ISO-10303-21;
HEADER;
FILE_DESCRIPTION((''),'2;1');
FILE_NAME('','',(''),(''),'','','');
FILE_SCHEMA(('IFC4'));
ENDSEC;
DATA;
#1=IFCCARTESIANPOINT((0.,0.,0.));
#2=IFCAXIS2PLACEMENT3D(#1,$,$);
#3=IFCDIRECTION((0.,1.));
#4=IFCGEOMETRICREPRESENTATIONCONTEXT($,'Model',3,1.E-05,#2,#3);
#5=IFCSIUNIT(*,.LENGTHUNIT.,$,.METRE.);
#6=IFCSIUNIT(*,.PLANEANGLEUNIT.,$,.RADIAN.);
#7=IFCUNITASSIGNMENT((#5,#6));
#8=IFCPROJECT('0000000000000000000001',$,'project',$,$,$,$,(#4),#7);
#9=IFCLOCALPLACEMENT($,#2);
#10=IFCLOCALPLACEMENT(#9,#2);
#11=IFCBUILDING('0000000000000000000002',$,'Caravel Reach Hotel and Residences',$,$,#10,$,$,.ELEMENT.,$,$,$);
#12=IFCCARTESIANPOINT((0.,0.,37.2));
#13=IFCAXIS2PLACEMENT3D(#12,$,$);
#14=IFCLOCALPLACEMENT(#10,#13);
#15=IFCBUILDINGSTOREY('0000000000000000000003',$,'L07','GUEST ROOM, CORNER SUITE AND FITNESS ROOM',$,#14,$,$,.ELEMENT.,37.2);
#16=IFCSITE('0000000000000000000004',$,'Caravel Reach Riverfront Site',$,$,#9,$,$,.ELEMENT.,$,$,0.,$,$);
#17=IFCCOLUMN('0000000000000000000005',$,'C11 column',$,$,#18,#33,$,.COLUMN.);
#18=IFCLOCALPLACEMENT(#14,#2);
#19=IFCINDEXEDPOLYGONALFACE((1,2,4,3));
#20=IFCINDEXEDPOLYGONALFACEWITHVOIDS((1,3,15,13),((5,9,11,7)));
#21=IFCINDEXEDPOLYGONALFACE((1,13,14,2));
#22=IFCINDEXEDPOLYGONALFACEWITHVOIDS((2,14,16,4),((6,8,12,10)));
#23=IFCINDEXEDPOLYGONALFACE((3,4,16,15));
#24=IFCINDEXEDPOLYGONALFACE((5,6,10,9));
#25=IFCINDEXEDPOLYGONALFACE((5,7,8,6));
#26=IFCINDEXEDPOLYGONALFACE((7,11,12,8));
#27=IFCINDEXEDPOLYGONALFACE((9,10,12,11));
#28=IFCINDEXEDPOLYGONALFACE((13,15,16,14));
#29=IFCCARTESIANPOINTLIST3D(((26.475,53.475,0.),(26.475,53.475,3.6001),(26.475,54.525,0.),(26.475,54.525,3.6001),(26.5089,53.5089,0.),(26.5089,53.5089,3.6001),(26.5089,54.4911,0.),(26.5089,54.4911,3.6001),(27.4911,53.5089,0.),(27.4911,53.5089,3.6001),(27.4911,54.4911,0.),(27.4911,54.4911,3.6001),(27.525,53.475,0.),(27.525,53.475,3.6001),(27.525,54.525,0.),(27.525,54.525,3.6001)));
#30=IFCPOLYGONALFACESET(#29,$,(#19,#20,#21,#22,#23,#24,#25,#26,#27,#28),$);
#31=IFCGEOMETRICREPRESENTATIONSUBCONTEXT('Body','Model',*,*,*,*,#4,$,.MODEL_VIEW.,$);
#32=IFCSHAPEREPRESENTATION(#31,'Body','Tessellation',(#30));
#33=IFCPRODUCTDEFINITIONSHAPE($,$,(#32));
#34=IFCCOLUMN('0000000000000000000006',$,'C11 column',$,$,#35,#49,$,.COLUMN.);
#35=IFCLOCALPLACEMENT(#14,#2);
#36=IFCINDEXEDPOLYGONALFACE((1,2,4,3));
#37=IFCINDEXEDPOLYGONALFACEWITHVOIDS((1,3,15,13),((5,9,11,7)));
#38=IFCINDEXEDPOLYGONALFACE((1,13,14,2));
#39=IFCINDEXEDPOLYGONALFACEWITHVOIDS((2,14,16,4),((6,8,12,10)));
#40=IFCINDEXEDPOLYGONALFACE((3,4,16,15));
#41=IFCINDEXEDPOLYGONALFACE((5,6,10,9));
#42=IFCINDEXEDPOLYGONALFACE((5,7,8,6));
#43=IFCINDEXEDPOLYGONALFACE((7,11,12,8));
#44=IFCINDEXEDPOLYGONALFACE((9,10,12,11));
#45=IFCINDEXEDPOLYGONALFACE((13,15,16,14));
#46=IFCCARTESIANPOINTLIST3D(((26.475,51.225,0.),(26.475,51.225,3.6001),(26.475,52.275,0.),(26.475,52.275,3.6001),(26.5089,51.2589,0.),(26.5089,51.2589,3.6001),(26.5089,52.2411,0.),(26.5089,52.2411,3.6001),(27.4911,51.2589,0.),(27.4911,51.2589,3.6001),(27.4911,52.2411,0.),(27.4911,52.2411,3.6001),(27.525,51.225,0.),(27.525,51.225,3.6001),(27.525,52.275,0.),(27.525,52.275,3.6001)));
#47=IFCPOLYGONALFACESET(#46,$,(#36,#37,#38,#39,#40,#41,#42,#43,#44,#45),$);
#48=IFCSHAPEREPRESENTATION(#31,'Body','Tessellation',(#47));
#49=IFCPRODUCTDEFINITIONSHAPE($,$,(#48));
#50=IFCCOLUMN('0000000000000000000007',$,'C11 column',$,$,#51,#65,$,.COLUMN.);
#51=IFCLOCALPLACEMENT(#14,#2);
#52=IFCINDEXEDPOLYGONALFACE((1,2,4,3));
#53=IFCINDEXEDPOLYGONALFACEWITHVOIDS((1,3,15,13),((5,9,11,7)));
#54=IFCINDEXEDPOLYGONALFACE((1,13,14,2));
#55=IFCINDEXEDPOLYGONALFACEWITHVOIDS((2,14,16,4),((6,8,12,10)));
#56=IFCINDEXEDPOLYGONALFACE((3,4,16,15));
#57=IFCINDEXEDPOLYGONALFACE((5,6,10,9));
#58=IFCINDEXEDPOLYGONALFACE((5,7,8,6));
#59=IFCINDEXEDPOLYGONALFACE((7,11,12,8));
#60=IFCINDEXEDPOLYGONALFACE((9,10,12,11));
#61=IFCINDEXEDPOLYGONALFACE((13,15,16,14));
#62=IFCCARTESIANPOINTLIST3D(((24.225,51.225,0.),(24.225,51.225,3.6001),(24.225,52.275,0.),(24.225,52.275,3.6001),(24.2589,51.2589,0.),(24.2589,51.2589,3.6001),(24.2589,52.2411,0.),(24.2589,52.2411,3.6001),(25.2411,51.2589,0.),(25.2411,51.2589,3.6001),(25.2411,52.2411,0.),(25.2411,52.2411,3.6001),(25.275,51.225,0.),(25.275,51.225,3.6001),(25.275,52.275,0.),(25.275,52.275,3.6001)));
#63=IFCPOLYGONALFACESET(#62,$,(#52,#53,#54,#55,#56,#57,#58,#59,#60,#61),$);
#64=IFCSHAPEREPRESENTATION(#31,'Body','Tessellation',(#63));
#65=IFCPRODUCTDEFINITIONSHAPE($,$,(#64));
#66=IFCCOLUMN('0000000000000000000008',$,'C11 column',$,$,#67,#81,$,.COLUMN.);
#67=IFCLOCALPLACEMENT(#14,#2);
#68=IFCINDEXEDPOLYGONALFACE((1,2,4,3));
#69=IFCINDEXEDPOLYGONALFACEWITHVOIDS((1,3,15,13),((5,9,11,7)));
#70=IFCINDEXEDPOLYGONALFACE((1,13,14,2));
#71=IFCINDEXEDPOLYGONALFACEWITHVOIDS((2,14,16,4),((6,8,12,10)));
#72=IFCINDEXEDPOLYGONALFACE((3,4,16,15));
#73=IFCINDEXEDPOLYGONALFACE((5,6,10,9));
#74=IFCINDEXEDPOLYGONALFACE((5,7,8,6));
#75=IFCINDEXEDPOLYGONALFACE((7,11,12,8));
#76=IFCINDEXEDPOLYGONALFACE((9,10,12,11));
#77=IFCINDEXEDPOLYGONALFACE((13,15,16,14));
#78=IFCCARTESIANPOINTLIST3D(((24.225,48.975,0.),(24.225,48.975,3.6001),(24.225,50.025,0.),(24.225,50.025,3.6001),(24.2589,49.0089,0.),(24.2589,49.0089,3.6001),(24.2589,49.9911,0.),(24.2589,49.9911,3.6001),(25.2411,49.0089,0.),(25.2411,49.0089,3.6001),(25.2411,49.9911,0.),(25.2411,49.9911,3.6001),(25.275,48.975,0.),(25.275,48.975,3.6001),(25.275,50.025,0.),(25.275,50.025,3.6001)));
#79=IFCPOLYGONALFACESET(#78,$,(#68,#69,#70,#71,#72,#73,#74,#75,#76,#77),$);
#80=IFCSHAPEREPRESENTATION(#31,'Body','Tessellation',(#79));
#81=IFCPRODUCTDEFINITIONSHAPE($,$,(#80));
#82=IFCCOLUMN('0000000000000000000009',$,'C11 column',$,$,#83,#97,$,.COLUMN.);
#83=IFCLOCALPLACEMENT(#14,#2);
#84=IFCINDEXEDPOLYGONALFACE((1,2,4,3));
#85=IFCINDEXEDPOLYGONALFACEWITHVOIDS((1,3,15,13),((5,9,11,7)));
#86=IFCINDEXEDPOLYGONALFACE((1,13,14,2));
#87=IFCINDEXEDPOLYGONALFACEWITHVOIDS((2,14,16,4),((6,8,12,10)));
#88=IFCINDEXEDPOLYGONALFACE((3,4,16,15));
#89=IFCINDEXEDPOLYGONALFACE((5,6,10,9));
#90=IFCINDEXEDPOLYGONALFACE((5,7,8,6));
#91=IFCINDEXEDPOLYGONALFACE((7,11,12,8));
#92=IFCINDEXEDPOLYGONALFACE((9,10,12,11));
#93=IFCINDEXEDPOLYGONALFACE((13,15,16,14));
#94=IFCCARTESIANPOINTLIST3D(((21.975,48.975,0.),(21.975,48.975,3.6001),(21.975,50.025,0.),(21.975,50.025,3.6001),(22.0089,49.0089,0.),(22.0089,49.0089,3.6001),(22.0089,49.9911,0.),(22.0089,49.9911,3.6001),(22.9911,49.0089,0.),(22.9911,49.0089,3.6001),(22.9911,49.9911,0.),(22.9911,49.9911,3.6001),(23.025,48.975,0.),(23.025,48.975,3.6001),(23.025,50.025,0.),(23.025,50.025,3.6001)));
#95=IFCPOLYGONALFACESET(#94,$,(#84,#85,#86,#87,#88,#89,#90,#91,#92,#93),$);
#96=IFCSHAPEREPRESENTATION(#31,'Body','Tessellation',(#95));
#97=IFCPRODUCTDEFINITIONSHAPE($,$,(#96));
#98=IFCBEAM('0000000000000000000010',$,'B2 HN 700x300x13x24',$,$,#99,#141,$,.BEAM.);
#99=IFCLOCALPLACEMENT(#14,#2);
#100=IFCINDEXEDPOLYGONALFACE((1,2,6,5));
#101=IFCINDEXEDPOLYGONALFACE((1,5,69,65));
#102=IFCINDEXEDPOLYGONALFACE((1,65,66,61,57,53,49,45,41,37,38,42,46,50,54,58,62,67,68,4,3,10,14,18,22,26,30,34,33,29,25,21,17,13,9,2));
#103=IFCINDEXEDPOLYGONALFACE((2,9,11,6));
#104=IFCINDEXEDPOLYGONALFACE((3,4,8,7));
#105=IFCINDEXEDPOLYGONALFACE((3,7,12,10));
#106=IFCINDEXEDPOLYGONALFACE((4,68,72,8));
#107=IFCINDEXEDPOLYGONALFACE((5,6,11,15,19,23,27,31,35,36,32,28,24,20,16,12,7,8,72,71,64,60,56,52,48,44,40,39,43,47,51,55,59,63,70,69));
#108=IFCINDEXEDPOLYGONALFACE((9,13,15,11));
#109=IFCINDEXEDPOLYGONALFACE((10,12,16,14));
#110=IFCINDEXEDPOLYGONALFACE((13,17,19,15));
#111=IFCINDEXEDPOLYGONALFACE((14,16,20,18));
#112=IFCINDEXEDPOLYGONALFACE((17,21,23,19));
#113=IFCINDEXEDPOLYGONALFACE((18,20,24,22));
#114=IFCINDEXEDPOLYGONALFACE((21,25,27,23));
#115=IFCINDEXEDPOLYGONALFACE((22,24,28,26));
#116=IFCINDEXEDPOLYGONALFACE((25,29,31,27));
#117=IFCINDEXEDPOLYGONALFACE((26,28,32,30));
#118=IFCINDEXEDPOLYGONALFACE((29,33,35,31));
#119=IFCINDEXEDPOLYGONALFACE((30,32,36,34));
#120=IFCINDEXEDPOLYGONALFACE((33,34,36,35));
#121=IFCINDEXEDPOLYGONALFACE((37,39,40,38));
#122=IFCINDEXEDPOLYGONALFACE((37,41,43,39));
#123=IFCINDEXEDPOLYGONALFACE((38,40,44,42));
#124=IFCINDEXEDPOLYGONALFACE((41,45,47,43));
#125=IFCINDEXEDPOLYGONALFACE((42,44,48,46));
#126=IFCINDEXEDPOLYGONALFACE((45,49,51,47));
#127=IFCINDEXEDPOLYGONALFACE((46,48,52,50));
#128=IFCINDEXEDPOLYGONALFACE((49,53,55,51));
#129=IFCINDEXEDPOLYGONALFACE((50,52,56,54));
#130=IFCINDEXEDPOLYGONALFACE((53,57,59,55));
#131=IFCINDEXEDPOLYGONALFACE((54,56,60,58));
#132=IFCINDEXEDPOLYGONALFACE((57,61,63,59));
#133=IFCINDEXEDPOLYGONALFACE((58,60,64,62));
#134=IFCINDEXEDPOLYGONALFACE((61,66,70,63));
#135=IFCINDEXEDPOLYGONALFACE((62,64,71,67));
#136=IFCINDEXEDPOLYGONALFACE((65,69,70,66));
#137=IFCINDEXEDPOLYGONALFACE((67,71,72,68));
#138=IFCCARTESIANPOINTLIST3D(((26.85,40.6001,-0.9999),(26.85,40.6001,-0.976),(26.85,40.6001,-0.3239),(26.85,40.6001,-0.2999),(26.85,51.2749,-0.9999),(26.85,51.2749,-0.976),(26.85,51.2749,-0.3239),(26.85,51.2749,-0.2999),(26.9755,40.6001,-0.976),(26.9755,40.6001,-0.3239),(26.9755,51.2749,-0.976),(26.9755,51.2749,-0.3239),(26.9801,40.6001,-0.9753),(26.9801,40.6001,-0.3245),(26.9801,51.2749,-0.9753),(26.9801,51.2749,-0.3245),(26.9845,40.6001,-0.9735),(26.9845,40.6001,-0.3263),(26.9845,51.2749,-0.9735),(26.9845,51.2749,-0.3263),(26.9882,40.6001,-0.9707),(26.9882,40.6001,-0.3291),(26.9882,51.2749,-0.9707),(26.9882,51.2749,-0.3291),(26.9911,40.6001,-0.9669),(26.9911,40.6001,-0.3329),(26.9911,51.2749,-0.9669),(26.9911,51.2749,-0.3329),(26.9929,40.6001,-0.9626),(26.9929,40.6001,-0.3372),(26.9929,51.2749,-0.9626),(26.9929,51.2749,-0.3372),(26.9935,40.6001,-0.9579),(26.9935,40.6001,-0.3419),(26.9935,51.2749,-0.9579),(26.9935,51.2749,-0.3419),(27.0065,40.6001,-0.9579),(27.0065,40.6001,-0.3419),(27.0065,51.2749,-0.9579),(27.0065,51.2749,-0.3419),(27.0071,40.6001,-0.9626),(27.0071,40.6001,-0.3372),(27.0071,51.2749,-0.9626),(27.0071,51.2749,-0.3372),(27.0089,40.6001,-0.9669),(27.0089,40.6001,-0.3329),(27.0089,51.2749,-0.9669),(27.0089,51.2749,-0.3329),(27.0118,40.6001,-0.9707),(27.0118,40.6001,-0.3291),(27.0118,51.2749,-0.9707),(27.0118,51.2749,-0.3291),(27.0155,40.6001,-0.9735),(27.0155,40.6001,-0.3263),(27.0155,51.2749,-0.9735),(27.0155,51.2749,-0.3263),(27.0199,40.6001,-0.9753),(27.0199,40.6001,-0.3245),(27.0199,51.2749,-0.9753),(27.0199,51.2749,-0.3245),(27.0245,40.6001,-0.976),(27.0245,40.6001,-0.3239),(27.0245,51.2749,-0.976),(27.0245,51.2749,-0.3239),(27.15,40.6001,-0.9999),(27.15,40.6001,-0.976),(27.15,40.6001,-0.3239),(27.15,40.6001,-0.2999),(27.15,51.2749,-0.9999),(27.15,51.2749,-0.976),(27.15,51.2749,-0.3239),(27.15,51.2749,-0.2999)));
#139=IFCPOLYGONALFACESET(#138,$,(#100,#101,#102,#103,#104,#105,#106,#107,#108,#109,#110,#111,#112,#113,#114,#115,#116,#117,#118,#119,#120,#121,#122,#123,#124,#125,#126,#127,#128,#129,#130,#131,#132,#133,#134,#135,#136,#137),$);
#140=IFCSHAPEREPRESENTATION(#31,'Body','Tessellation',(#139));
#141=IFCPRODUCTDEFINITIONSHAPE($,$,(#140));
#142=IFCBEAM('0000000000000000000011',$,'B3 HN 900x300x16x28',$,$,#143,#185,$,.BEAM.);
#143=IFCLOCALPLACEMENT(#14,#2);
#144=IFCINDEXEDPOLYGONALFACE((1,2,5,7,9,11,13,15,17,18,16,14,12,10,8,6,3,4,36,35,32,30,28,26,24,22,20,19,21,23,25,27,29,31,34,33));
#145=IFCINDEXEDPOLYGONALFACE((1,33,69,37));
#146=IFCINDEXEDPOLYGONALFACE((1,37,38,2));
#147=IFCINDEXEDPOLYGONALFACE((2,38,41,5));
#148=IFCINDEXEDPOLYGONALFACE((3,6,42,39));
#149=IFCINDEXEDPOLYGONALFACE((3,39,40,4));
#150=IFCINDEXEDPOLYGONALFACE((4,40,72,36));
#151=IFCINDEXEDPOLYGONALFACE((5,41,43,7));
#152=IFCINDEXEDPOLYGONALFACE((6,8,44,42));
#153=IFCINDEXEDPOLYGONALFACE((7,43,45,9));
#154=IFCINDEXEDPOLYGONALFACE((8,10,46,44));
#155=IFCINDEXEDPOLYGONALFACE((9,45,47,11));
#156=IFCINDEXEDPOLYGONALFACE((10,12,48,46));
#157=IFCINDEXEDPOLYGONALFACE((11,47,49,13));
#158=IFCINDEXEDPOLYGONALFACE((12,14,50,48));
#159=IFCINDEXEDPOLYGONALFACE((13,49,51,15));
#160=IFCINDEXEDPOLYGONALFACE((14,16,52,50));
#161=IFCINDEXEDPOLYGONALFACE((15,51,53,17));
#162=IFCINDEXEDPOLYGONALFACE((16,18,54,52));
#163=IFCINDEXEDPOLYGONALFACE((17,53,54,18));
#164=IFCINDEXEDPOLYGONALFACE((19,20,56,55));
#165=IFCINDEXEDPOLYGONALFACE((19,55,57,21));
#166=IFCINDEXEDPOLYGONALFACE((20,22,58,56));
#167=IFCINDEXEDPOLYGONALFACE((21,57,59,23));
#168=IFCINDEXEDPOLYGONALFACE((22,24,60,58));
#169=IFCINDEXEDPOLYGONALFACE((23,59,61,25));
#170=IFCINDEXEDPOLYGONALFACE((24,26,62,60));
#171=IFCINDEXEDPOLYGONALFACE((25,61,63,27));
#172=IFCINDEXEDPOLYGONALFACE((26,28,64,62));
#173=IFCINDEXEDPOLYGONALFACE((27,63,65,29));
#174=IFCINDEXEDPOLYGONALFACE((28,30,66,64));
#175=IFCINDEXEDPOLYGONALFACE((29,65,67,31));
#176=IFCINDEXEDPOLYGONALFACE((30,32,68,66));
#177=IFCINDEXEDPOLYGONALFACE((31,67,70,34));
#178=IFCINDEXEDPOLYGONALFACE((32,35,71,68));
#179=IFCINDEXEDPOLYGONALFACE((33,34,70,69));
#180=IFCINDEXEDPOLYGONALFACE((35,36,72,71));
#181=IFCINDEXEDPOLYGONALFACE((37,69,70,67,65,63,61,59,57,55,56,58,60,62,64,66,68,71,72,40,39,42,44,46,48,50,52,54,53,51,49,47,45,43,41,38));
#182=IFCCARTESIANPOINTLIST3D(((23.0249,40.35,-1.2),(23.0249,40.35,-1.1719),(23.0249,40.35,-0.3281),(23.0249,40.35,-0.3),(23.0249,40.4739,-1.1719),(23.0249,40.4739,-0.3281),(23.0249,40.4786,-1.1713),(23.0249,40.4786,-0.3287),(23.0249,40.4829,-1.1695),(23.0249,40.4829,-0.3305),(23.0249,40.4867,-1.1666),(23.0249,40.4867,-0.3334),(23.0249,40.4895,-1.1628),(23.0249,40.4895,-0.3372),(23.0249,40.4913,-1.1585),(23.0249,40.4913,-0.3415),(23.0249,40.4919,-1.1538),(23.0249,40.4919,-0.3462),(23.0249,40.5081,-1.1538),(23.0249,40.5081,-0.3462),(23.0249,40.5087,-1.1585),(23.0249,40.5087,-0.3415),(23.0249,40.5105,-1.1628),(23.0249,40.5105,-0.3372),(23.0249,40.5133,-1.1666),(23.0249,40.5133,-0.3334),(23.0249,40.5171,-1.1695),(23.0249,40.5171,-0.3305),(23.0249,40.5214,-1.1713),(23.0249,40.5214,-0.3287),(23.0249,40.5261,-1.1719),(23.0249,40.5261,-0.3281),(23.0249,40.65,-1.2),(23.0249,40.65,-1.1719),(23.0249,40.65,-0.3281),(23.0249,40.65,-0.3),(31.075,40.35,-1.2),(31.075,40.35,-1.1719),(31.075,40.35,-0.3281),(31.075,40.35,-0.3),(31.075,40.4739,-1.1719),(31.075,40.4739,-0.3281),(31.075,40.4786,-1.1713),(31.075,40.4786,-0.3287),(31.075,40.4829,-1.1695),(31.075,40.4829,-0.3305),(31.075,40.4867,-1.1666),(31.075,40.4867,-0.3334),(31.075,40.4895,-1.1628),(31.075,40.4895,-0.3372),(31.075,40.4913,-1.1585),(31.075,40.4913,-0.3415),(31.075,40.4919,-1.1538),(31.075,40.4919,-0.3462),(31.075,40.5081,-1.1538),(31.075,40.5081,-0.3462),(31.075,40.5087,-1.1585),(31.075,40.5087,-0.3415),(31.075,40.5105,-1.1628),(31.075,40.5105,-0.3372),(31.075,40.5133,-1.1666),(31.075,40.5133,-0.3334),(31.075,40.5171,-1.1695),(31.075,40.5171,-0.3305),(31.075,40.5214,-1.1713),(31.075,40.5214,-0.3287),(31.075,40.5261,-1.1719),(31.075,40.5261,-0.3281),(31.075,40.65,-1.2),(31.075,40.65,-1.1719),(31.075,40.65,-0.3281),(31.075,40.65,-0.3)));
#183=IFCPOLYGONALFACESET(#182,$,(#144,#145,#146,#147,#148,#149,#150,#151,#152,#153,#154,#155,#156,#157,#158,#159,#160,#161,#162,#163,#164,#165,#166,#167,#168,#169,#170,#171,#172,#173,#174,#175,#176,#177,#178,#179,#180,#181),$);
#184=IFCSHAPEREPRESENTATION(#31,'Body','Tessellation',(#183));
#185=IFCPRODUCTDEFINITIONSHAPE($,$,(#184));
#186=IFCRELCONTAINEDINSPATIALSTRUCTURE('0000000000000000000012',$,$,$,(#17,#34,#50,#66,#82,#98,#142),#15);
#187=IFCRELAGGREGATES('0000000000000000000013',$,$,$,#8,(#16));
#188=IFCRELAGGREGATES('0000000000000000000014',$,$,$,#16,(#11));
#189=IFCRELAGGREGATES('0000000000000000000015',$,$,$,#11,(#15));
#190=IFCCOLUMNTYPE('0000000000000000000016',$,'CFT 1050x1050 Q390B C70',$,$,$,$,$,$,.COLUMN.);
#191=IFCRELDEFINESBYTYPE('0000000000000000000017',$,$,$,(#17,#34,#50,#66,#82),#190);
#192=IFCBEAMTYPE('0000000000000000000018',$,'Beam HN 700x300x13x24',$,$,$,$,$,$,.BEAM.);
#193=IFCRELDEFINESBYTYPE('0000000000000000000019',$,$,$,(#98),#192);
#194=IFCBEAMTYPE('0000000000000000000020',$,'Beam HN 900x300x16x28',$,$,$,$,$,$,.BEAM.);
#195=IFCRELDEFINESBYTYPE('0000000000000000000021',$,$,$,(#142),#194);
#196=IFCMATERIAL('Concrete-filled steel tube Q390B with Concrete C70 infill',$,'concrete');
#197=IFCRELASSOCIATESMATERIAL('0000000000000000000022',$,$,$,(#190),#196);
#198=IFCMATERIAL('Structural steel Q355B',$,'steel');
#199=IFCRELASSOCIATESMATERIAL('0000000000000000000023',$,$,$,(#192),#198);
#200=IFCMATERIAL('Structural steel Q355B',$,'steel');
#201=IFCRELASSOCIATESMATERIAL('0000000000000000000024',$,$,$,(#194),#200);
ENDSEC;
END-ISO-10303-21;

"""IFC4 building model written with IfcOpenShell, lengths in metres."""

from ifc_helpers import new_model, si_unit, direction, frame, origin, origin_2d, place, context, subcontext, project, spatial, hollow_rectangle, i_section, extrude, material, material_profile, profile_set, type_object, element, save


model = new_model("IFC4")

# Units and contexts
model_context = context("Model", 3, precision=1e-05, world=origin(), true_north=direction((0.0, 1.0)))
body_context = subcontext(model_context, "Body", "Model", "MODEL_VIEW")
ifc_project = project(units=[si_unit("LENGTHUNIT", "METRE"), si_unit("PLANEANGLEUNIT", "RADIAN")], contexts=[model_context])

# Site, building, storey
site_placement = place(None, origin())
site = spatial("IfcSite", under=ifc_project, at=site_placement, Name="Caravel Reach Riverfront Site", CompositionType="ELEMENT", RefElevation=0.0)
building_placement = place(site_placement, origin())
building = spatial("IfcBuilding", under=site, at=building_placement, Name="Caravel Reach Hotel and Residences", CompositionType="ELEMENT")
storey_placement = place(building_placement, frame((0.0, 0.0, 37.2)))
storey = spatial("IfcBuildingStorey", under=building, at=storey_placement, Name="L07", Description="GUEST ROOM, CORNER SUITE AND FITNESS ROOM", CompositionType="ELEMENT", Elevation=37.2)

# Columns
ifc_material_1 = material(Name="Concrete-filled steel tube Q390B with Concrete C70 infill", Category="concrete")
ifc_material_profile_1 = material_profile(ifc_material_1, hollow_rectangle(XDim=1.05, YDim=1.05, WallThickness=0.0339, at=origin_2d()), Name="RHS 1050x1050x34")
ifc_profile_set_1 = profile_set([ifc_material_profile_1], Name="Concrete-filled steel tube Q390B with Concrete C70 infill")
column_type = type_object("IfcColumnType", Name="CFT 1050x1050 Q390B C70", PredefinedType="COLUMN", material=ifc_profile_set_1)
for number, where, z_axis, x_axis, name in (
    (1, (27.0, 54.0, 0.0), (0.0, 0.0, 1.0), (1.0, 0.0, 0.0), "C11 column"),
    (2, (27.0, 51.75, 0.0), (0.0, 0.0, 1.0), (1.0, 0.0, 0.0), "C11 column"),
    (3, (24.75, 51.75, 0.0), (0.0, 0.0, 1.0), (1.0, 0.0, 0.0), "C11 column"),
    (4, (24.75, 49.5, 0.0), (0.0, 0.0, 1.0), (1.0, 0.0, 0.0), "C11 column"),
    (5, (22.5, 49.5, 0.0), (0.0, 0.0, 1.0), (1.0, 0.0, 0.0), "C11 column"),
):
    element("IfcColumn", number, at=place(storey_placement, frame(where, z_axis=z_axis, x_axis=x_axis)), inside=storey, type_object=column_type, Name=name, PredefinedType="COLUMN", context=body_context, shape_type="SweptSolid", body=[
        extrude(hollow_rectangle(XDim=1.05, YDim=1.05, WallThickness=0.0339, at=origin_2d()), origin(), (0.0, 0.0, 1.0), 3.6001),
    ])

# Beams
ifc_material_2 = material(Name="Structural steel Q355B", Category="steel")
ifc_material_profile_2 = material_profile(ifc_material_2, i_section(OverallWidth=0.3, OverallDepth=0.7, WebThickness=0.0129, FlangeThickness=0.0239, FilletRadius=0.0181, at=origin_2d()), Name="HN 700x300x13x24")
ifc_profile_set_2 = profile_set([ifc_material_profile_2], Name="Structural steel Q355B")
beam_type_1 = type_object("IfcBeamType", Name="Beam HN 700x300x13x24", PredefinedType="BEAM", material=ifc_profile_set_2)
beam_1_placement = place(storey_placement, frame((27.0, 40.6001, -0.6499), z_axis=(0.0, 1.0, 0.0), x_axis=(-1.0, 0.0, 0.0)))
element("IfcBeam", 6, at=beam_1_placement, inside=storey, type_object=beam_type_1, Name="B2 HN 700x300x13x24", PredefinedType="BEAM", context=body_context, shape_type="SweptSolid", body=[
    extrude(i_section(OverallWidth=0.3, OverallDepth=0.7, WebThickness=0.0129, FlangeThickness=0.0239, FilletRadius=0.0181, at=origin_2d()), origin(), (0.0, 0.0, 1.0), 10.6748),
])
ifc_material_3 = material(Name="Structural steel Q355B", Category="steel")
ifc_material_profile_3 = material_profile(ifc_material_3, i_section(OverallWidth=0.3, OverallDepth=0.8999, WebThickness=0.0161, FlangeThickness=0.0281, FilletRadius=0.0181, at=origin_2d()), Name="HN 900x300x16x28")
ifc_profile_set_3 = profile_set([ifc_material_profile_3], Name="Structural steel Q355B")
beam_type_2 = type_object("IfcBeamType", Name="Beam HN 900x300x16x28", PredefinedType="BEAM", material=ifc_profile_set_3)
beam_2_placement = place(storey_placement, frame((23.0249, 40.5, -0.75), z_axis=(1.0, 0.0, 0.0), x_axis=(0.0, 1.0, 0.0)))
element("IfcBeam", 7, at=beam_2_placement, inside=storey, type_object=beam_type_2, Name="B3 HN 900x300x16x28", PredefinedType="BEAM", context=body_context, shape_type="SweptSolid", body=[
    extrude(i_section(OverallWidth=0.3, OverallDepth=0.8999, WebThickness=0.0161, FlangeThickness=0.0281, FilletRadius=0.0181, at=origin_2d()), origin(), (0.0, 0.0, 1.0), 8.05),
])

save(model, "model.ifc")
